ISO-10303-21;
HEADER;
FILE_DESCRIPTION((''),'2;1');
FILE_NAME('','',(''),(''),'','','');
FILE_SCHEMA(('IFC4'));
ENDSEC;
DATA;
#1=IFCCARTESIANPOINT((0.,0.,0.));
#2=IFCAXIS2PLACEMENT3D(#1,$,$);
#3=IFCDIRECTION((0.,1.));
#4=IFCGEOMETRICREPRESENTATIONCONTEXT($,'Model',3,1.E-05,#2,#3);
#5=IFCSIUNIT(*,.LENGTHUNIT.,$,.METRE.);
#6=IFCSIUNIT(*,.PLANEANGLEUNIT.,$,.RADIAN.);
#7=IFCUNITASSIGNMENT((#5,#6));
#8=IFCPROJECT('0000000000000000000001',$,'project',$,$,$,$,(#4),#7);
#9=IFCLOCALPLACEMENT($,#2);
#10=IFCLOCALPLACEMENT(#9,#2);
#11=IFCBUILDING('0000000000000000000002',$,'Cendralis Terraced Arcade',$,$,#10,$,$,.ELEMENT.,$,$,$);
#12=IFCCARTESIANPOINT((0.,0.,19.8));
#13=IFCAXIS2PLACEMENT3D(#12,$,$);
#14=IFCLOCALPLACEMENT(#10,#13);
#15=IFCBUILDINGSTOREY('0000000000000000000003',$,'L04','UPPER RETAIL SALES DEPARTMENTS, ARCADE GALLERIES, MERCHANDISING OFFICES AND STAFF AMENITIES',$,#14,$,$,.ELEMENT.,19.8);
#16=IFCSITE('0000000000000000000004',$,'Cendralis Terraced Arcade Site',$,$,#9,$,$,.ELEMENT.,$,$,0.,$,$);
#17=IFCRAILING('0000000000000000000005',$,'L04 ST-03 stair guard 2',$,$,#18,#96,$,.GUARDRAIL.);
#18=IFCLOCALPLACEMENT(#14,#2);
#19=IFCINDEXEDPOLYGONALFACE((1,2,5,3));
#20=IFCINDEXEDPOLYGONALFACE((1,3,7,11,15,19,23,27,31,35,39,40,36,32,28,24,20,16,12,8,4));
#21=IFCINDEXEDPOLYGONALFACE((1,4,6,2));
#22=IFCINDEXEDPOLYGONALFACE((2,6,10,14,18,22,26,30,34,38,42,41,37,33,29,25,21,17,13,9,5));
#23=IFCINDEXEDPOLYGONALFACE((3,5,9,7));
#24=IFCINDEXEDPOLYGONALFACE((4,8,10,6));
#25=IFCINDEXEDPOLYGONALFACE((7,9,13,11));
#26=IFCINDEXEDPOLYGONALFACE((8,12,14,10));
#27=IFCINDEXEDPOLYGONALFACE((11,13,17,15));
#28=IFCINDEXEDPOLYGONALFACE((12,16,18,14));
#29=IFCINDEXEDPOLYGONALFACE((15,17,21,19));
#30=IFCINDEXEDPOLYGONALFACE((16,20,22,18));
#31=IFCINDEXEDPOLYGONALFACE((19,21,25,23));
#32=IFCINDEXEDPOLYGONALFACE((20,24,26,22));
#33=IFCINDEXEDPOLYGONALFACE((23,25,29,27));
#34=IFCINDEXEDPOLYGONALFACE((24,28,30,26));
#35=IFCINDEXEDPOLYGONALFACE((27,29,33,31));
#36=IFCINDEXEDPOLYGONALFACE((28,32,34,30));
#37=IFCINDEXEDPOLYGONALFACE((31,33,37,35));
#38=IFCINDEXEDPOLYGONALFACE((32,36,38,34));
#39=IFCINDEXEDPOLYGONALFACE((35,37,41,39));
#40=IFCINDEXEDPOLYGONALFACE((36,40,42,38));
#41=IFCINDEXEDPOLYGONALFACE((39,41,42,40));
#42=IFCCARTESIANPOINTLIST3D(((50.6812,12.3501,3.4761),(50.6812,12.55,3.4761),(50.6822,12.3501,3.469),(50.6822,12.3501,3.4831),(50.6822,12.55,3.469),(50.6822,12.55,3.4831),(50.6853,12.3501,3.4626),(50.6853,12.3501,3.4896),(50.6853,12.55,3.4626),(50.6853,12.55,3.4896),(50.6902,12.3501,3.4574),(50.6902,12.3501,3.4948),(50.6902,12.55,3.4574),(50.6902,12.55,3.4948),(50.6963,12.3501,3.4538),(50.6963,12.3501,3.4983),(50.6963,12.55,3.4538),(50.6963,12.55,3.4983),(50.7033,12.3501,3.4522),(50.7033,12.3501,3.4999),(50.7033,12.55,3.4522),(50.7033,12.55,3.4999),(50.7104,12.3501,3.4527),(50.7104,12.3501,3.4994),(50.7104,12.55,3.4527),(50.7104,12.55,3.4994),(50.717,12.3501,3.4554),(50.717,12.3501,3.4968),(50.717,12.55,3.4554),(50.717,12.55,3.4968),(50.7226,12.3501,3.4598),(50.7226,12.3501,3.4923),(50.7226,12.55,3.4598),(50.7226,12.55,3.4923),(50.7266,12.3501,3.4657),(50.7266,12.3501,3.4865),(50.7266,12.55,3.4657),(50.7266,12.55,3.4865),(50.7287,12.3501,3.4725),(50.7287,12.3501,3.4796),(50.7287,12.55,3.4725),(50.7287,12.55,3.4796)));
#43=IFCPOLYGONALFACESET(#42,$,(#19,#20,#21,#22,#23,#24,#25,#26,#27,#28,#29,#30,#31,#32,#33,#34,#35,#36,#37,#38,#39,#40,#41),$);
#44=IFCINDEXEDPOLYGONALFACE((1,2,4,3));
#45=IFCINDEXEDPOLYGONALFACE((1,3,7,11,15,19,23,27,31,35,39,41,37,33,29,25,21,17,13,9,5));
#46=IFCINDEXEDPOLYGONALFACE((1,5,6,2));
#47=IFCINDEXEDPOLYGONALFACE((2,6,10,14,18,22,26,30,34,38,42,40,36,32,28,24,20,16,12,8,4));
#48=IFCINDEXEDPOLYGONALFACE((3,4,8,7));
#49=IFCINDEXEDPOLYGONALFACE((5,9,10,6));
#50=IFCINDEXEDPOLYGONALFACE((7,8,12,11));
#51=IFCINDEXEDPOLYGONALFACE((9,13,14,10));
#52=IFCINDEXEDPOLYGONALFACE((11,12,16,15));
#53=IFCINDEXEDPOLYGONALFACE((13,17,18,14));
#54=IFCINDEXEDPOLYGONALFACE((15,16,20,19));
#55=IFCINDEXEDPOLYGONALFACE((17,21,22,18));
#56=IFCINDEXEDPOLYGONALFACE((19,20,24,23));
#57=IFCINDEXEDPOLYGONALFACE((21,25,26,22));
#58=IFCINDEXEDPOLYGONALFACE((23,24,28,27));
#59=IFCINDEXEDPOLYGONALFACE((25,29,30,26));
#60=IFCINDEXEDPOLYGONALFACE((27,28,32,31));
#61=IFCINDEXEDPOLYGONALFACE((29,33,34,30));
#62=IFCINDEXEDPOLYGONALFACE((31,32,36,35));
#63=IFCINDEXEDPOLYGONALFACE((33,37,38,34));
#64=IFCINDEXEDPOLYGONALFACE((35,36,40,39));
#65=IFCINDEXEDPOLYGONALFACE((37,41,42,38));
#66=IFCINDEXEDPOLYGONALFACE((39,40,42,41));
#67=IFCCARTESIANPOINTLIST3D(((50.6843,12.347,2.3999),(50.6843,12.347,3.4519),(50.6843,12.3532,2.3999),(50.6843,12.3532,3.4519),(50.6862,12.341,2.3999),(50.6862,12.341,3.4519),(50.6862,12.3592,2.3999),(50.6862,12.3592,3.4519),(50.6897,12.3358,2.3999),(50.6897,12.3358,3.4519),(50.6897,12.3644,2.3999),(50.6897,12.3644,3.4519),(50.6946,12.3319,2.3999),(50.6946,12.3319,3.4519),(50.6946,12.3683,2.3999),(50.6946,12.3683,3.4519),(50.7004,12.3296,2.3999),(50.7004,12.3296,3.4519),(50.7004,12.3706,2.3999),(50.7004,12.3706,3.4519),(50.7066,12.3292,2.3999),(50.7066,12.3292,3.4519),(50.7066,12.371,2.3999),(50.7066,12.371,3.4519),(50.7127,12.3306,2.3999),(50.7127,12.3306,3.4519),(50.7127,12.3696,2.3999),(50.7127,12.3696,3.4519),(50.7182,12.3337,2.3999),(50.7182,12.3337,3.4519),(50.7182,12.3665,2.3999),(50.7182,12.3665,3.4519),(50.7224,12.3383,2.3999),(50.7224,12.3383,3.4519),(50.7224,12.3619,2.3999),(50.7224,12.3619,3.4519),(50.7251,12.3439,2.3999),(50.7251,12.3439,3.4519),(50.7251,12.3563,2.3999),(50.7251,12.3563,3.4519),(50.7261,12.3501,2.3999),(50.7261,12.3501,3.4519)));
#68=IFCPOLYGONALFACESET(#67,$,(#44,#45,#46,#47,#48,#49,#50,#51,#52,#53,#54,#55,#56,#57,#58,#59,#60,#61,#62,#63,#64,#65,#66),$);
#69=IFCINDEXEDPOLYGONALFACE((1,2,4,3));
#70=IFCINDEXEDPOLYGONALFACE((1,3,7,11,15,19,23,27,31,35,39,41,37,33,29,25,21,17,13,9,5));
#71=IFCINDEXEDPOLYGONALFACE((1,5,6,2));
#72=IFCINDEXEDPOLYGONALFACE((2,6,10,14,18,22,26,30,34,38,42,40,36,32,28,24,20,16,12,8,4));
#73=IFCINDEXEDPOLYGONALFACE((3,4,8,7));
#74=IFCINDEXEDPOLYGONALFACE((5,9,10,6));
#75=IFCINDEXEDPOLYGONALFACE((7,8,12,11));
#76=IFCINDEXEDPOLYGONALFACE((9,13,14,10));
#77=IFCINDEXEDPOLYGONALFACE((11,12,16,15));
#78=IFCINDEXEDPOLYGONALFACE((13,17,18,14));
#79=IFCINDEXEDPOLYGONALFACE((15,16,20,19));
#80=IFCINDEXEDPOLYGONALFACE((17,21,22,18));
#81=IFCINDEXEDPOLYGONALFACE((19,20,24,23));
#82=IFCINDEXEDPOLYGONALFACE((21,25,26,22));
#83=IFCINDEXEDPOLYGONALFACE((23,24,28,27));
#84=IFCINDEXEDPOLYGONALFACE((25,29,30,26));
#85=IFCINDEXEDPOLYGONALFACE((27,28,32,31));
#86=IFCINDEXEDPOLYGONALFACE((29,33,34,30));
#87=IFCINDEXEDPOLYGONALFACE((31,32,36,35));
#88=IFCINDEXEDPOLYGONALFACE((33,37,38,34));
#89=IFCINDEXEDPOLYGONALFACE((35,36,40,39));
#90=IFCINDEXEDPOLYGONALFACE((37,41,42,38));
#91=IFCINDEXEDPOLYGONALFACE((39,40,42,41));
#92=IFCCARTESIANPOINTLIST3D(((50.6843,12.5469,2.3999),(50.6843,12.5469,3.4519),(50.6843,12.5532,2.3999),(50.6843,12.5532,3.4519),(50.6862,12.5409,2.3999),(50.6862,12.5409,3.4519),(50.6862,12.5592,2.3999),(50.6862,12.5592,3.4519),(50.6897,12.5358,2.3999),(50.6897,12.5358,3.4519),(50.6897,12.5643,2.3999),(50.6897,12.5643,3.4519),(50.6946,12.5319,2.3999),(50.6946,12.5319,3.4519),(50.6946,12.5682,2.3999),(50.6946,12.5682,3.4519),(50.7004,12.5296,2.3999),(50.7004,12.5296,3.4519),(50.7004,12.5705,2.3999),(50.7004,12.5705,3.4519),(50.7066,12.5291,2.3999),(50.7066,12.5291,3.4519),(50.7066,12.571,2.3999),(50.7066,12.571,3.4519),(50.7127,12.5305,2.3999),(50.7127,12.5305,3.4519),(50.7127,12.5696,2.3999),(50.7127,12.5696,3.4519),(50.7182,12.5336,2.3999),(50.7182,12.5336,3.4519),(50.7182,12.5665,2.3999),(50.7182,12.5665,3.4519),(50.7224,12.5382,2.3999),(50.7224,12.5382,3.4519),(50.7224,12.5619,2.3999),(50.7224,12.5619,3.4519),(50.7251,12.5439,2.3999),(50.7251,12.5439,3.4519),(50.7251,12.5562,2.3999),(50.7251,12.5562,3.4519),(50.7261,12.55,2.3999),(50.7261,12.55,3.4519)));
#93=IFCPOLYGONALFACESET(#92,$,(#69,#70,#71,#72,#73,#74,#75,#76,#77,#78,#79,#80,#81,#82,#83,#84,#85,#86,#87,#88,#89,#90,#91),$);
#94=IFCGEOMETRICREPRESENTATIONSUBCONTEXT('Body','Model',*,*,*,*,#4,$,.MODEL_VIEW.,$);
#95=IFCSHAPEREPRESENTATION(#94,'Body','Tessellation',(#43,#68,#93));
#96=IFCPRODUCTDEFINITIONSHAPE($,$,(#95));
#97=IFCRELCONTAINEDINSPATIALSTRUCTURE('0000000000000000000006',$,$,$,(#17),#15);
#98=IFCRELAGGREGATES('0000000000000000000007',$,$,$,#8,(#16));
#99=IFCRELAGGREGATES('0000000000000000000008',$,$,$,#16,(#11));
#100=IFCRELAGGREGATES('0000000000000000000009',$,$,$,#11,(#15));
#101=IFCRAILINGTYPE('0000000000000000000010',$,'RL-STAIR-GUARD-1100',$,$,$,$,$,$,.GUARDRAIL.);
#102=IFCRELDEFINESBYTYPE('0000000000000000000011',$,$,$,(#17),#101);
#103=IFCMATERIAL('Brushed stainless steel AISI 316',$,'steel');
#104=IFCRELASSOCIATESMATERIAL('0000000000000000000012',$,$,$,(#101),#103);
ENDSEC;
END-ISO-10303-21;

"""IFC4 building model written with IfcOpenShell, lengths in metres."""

from ifc_helpers import new_model, si_unit, direction, frame, origin, origin_2d, place, context, subcontext, project, spatial, circle, extrude, material, type_object, element, save


model = new_model("IFC4")

# Units and contexts
model_context = context("Model", 3, precision=1e-05, world=origin(), true_north=direction((0.0, 1.0)))
body_context = subcontext(model_context, "Body", "Model", "MODEL_VIEW")
ifc_project = project(units=[si_unit("LENGTHUNIT", "METRE"), si_unit("PLANEANGLEUNIT", "RADIAN")], contexts=[model_context])

# Site, building, storey
site_placement = place(None, origin())
site = spatial("IfcSite", under=ifc_project, at=site_placement, Name="Cendralis Terraced Arcade Site", CompositionType="ELEMENT", RefElevation=0.0)
building_placement = place(site_placement, origin())
building = spatial("IfcBuilding", under=site, at=building_placement, Name="Cendralis Terraced Arcade", CompositionType="ELEMENT")
storey_placement = place(building_placement, frame((0.0, 0.0, 19.8)))
storey = spatial("IfcBuildingStorey", under=building, at=storey_placement, Name="L04", Description="UPPER RETAIL SALES DEPARTMENTS, ARCADE GALLERIES, MERCHANDISING OFFICES AND STAFF AMENITIES", CompositionType="ELEMENT", Elevation=19.8)

# Railing
ifc_material_1 = material(Name="Brushed stainless steel AISI 316", Category="steel")
railing_type_1 = type_object("IfcRailingType", Name="RL-STAIR-GUARD-1100", PredefinedType="GUARDRAIL", material=ifc_material_1)
railing_1_placement = place(storey_placement, frame((50.7051, 12.3501, 2.3999)))
element("IfcRailing", 1, at=railing_1_placement, inside=storey, type_object=railing_type_1, Name="L04 ST-03 stair guard 2", PredefinedType="GUARDRAIL", context=body_context, shape_type="SweptSolid", body=[
    extrude(circle(Radius=0.0239, at=origin_2d()), frame((0.0, 0.0, 1.0762), z_axis=(0.0, 1.0, 0.0), x_axis=(-1.0, 0.0, 0.0)), (0.0, 0.0, 1.0), 0.2),
    extrude(circle(Radius=0.021, at=origin_2d()), origin(), (0.0, 0.0, 1.0), 1.052),
    extrude(circle(Radius=0.021, at=origin_2d()), frame((0.0, 0.2, 0.0)), (0.0, 0.0, 1.0), 1.052),
])

save(model, "model.ifc")
